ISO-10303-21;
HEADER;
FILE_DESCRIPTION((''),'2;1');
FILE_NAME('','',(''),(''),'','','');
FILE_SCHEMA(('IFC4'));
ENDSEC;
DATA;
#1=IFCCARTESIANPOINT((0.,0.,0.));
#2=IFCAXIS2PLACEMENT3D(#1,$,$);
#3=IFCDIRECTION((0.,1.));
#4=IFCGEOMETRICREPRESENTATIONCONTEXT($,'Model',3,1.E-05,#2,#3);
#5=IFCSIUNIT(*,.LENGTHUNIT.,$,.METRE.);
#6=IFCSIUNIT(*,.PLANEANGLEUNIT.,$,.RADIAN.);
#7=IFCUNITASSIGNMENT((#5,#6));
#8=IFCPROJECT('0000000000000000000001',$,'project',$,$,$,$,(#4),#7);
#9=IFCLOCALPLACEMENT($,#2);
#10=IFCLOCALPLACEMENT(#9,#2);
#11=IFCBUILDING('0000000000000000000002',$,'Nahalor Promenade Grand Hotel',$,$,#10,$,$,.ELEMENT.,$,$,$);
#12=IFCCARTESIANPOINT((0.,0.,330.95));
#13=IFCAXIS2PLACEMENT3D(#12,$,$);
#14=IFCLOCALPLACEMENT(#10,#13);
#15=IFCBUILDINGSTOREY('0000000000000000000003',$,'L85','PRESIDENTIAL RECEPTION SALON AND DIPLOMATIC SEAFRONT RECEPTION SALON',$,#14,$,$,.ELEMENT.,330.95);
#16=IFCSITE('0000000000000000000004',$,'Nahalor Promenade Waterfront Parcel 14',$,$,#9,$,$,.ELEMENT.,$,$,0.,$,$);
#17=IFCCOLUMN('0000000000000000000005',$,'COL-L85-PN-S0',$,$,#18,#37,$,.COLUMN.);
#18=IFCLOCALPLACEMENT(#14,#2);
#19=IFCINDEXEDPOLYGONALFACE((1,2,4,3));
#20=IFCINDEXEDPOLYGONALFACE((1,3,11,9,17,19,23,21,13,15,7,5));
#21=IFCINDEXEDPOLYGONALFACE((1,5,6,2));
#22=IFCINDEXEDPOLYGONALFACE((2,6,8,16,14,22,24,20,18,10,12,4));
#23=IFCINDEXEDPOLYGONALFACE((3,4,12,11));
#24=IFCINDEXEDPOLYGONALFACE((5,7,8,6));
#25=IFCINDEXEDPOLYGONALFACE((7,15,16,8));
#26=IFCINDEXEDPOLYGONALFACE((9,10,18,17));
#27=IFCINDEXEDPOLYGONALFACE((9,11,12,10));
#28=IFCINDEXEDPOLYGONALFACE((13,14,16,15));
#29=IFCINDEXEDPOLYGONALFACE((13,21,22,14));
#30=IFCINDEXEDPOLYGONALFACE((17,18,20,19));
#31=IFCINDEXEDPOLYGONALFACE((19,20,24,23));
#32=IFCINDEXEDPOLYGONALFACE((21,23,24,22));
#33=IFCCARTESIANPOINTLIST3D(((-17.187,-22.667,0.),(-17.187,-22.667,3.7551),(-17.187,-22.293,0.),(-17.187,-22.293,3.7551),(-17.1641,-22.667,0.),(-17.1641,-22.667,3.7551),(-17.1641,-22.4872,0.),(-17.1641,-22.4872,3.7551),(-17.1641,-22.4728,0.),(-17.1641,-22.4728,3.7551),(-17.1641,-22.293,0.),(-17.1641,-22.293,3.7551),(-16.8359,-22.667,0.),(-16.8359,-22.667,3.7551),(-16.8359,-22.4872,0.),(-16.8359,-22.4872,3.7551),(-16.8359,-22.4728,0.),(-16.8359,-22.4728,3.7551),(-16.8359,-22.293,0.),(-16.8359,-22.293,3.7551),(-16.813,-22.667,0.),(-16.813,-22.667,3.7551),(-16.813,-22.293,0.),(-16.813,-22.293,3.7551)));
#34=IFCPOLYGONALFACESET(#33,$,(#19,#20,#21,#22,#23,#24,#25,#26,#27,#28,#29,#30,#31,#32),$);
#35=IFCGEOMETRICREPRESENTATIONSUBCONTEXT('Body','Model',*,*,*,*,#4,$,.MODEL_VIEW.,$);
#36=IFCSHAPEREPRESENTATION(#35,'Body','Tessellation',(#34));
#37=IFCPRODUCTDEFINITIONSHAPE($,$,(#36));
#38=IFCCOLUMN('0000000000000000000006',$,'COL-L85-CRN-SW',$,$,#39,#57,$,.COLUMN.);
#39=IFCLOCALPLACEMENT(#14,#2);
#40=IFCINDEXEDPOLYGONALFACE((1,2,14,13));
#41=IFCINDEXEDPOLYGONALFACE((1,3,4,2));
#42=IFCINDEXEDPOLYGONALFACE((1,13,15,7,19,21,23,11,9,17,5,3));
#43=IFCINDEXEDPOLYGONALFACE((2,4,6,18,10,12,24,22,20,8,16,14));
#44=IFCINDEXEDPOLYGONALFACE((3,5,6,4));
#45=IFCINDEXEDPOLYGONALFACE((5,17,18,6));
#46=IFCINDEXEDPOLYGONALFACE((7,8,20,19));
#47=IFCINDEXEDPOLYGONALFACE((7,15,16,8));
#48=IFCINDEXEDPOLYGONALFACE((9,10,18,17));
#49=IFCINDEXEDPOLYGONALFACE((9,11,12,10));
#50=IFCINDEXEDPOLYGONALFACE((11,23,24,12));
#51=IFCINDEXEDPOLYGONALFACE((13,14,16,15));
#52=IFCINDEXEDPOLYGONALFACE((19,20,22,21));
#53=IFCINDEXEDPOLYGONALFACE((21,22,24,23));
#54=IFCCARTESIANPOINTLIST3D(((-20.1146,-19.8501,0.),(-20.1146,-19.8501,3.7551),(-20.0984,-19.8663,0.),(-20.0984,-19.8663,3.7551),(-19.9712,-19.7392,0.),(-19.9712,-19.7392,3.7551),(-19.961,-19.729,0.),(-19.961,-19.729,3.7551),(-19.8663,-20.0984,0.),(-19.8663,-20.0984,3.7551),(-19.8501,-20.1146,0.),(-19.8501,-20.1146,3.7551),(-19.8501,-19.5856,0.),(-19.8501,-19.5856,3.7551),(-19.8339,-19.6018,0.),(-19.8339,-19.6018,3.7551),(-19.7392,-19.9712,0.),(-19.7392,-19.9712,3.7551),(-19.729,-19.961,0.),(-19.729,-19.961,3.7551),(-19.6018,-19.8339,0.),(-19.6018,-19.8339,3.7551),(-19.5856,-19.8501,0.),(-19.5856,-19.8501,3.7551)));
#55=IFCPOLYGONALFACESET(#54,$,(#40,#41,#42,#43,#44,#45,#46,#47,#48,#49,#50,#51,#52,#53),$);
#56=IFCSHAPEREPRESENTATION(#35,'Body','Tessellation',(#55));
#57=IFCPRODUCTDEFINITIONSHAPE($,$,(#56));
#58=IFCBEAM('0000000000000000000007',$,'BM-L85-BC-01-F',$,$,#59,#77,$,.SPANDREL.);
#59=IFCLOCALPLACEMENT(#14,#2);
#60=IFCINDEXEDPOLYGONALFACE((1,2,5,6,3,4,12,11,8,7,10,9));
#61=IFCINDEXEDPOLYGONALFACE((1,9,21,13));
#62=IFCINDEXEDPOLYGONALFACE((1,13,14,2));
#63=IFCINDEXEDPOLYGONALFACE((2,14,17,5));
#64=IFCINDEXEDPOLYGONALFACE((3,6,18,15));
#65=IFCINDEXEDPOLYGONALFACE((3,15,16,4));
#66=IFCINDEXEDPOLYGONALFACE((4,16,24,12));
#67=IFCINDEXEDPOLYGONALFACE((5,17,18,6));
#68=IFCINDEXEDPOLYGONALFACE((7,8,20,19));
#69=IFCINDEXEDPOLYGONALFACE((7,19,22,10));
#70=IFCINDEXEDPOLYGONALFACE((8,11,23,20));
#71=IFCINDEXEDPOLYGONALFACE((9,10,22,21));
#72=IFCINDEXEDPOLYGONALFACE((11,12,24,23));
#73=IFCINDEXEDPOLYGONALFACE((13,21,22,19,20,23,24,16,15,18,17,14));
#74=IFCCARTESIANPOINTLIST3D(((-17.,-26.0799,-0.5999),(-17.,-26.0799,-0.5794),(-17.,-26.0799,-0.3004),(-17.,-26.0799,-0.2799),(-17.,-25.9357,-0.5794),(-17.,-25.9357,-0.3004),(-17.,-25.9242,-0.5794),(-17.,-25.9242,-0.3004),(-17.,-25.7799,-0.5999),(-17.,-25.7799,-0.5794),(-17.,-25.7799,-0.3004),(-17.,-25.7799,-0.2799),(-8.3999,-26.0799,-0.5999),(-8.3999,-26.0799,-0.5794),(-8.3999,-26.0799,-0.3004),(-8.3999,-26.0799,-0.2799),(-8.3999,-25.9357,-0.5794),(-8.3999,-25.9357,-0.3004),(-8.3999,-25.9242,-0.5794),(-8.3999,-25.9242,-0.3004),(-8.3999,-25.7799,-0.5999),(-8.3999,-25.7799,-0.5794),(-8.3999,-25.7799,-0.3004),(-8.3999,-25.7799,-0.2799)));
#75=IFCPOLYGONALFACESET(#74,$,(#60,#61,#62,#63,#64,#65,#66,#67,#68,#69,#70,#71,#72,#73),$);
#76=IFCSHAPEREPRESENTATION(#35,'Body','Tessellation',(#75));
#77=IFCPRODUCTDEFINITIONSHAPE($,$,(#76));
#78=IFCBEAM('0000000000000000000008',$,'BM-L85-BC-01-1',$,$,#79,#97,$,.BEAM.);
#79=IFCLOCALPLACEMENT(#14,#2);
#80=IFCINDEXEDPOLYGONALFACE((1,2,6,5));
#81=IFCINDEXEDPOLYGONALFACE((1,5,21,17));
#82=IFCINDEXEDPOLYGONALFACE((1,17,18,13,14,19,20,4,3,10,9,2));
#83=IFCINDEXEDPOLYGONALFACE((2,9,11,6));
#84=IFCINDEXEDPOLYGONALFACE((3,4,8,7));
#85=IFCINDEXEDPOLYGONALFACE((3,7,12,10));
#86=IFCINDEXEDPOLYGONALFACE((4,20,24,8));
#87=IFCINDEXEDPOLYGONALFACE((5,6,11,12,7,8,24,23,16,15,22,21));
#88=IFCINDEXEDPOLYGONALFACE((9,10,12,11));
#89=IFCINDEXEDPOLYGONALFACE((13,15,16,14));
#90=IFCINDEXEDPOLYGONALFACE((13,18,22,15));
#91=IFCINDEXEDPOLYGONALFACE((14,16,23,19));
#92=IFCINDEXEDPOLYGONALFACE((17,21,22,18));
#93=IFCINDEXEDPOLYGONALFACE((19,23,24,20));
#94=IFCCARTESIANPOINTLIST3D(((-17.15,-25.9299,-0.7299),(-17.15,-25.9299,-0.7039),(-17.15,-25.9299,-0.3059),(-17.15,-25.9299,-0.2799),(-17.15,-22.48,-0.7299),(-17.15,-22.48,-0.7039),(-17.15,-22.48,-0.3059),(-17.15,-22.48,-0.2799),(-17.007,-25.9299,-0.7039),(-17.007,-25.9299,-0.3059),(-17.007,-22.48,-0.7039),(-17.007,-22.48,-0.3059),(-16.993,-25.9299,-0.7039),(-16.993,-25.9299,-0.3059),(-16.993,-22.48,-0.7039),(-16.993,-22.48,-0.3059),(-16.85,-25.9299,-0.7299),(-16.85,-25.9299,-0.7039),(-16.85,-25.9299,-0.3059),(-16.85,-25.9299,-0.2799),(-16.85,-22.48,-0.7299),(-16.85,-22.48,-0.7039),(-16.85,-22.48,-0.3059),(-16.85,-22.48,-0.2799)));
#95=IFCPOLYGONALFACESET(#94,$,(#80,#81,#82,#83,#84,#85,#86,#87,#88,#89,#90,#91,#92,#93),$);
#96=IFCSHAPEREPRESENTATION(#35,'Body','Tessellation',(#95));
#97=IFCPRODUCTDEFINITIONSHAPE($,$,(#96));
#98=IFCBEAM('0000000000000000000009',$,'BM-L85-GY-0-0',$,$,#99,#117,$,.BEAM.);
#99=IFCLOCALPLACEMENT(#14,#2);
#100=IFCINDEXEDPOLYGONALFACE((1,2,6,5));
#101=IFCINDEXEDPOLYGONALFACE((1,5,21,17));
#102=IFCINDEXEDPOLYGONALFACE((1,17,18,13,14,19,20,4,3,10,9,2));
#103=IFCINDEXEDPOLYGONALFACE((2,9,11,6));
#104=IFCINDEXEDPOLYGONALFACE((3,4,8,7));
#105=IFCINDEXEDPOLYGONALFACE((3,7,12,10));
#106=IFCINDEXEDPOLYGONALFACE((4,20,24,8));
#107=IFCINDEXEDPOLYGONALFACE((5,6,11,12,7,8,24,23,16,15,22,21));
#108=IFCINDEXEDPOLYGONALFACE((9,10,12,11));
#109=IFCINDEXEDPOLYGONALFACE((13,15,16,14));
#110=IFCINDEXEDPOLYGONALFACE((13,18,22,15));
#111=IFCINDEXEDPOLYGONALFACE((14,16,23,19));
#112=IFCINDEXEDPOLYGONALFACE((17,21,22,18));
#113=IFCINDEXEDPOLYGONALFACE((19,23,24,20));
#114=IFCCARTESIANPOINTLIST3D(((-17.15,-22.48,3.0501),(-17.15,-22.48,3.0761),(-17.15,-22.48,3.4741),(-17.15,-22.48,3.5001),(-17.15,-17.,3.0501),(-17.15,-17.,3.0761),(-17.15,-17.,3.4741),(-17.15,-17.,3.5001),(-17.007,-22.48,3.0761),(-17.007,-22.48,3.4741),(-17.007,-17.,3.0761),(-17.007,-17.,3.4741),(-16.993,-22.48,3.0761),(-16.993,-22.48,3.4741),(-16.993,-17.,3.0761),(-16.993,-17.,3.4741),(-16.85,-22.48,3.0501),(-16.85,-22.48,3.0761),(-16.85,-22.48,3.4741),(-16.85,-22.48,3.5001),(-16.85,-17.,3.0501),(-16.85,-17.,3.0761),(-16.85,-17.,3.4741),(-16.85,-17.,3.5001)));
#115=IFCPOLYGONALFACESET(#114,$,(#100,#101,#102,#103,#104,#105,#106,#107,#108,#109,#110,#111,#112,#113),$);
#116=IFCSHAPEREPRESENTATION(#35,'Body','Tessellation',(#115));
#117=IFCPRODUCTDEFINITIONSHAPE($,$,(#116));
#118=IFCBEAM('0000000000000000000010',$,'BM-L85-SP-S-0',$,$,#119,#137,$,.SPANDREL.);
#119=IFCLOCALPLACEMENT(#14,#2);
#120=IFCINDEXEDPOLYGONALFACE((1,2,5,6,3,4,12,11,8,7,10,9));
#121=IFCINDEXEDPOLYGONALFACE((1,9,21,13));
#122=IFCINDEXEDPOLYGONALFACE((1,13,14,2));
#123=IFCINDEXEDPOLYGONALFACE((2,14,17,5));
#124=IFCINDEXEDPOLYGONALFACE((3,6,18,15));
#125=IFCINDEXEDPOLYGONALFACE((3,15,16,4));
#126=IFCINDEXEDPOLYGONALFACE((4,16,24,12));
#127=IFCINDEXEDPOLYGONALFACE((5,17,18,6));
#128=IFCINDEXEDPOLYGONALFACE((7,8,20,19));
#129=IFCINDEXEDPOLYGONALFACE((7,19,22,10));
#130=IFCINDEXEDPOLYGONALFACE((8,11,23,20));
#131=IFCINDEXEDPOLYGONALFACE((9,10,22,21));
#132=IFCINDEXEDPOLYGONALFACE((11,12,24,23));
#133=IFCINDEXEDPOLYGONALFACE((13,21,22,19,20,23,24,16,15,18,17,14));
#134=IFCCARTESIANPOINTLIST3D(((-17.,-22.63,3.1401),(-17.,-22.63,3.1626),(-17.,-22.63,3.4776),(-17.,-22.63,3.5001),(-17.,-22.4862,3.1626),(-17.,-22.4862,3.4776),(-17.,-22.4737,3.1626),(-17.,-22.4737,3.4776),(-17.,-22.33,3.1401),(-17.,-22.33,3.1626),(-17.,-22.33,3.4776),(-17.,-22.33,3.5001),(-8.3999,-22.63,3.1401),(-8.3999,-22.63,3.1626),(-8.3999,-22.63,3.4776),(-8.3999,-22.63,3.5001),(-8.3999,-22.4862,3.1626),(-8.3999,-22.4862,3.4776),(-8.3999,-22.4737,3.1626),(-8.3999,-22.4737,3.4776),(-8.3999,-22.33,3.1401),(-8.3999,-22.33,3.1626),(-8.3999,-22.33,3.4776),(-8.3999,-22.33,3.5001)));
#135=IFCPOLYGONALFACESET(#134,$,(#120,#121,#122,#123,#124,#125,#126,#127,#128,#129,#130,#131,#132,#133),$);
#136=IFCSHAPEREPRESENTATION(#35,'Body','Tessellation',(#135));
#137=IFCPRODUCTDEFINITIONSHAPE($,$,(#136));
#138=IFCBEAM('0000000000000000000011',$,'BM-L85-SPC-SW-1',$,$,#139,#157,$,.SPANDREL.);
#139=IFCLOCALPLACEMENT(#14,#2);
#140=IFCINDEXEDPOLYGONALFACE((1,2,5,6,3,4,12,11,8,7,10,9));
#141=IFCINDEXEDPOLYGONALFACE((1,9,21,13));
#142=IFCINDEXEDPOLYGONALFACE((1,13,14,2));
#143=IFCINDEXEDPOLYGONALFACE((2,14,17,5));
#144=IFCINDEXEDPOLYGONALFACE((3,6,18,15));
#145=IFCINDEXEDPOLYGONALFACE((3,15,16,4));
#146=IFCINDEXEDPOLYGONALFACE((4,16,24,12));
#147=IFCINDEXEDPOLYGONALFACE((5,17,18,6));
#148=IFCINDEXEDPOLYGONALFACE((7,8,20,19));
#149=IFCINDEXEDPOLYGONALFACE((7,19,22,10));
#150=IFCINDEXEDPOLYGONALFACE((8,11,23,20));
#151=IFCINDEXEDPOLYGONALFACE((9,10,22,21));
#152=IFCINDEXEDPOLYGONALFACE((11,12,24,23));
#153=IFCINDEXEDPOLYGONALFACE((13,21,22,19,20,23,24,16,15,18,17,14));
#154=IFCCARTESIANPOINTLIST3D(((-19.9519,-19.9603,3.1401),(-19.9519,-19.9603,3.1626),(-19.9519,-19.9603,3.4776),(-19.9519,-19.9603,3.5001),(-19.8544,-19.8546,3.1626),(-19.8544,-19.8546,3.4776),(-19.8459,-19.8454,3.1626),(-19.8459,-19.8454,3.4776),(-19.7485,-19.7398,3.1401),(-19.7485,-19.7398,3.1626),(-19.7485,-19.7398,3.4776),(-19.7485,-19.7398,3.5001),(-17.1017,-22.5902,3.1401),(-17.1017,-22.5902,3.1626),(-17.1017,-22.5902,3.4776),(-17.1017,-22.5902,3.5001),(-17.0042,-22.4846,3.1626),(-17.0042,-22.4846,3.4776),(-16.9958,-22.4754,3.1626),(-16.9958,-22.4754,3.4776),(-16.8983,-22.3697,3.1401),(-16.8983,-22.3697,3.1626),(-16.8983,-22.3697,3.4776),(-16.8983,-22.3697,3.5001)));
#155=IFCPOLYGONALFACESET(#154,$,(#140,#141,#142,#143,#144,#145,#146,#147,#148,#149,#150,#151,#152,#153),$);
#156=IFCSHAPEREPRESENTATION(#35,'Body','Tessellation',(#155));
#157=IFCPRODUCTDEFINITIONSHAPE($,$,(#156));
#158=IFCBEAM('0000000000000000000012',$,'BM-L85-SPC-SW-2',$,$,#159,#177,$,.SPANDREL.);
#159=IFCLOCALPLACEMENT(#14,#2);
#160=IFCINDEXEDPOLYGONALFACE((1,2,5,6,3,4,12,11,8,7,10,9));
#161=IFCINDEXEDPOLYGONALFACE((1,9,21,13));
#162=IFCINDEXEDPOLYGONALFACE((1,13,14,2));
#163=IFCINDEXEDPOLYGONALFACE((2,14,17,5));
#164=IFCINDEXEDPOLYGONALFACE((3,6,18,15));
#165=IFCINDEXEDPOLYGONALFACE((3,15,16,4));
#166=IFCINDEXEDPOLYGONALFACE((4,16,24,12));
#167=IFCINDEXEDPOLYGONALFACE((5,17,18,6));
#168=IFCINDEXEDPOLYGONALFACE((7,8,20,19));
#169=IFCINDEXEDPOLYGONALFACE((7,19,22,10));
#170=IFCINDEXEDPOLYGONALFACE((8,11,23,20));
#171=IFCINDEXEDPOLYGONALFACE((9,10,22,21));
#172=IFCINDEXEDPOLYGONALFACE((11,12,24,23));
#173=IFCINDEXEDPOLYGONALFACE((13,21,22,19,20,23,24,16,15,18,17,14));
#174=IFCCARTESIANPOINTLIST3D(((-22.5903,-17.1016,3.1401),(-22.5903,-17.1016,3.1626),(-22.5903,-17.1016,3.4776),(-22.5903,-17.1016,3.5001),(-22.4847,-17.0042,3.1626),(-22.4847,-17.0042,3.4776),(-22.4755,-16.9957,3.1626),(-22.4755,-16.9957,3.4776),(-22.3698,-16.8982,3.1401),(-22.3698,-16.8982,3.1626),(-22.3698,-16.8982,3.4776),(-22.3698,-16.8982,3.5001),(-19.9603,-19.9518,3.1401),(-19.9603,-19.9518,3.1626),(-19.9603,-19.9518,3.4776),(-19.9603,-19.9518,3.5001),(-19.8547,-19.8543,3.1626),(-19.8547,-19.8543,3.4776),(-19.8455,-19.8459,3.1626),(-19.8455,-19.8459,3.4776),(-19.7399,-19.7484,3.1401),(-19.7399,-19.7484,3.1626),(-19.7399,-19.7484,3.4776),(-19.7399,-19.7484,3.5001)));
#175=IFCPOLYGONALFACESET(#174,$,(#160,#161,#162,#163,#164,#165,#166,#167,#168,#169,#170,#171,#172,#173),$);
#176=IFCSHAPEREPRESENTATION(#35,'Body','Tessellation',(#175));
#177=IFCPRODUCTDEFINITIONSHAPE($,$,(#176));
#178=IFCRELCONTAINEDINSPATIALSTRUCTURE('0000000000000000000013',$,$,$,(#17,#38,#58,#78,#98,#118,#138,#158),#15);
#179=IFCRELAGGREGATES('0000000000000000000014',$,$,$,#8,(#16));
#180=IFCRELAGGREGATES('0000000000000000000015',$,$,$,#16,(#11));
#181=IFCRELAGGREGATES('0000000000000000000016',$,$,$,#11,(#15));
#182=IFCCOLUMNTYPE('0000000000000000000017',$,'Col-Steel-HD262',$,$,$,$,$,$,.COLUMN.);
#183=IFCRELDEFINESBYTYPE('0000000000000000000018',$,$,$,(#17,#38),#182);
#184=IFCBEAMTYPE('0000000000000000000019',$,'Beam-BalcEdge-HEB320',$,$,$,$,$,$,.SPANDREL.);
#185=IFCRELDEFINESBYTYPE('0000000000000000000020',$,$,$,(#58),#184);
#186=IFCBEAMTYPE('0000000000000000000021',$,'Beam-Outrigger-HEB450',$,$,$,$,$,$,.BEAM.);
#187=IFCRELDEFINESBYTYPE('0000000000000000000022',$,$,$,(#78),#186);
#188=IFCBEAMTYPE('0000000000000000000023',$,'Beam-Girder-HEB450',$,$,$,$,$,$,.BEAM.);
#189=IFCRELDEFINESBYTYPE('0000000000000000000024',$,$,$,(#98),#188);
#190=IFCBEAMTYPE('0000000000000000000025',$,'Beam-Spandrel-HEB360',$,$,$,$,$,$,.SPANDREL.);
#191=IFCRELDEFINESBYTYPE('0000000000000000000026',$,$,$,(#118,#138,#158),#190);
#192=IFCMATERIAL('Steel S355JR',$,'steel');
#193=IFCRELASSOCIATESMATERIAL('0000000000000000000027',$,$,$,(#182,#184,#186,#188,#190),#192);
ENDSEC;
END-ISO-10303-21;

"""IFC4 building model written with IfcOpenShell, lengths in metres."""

from ifc_helpers import new_model, si_unit, direction, frame, origin, origin_2d, place, context, subcontext, project, spatial, i_section, extrude, source, transform, mapped, material, material_profile, profile_set, type_object, element, save


model = new_model("IFC4")

# Units and contexts
model_context = context("Model", 3, precision=1e-05, world=origin(), true_north=direction((0.0, 1.0)))
body_context = subcontext(model_context, "Body", "Model", "MODEL_VIEW")
ifc_project = project(units=[si_unit("LENGTHUNIT", "METRE"), si_unit("PLANEANGLEUNIT", "RADIAN")], contexts=[model_context])

# Site, building, storey
site_placement = place(None, origin())
site = spatial("IfcSite", under=ifc_project, at=site_placement, Name="Nahalor Promenade Waterfront Parcel 14", CompositionType="ELEMENT", RefElevation=0.0)
building_placement = place(site_placement, origin())
building = spatial("IfcBuilding", under=site, at=building_placement, Name="Nahalor Promenade Grand Hotel", CompositionType="ELEMENT")
storey_placement = place(building_placement, frame((0.0, 0.0, 330.95)))
storey = spatial("IfcBuildingStorey", under=building, at=storey_placement, Name="L85", Description="PRESIDENTIAL RECEPTION SALON AND DIPLOMATIC SEAFRONT RECEPTION SALON", CompositionType="ELEMENT", Elevation=330.95)

# Columns
ifc_material_1 = material(Name="Steel S355JR", Category="steel")
ifc_material_profile_1 = material_profile(ifc_material_1, i_section(OverallWidth=0.374, OverallDepth=0.374, WebThickness=0.0144, FlangeThickness=0.0229, at=origin_2d()), Name="HD 360x262")
ifc_profile_set_1 = profile_set([ifc_material_profile_1], Name="Steel S355JR")
column_type = type_object("IfcColumnType", Name="Col-Steel-HD262", PredefinedType="COLUMN", material=ifc_profile_set_1)
shared_shape_1 = source(origin(), body_context, "Body", "SweptSolid", [
    extrude(i_section(OverallWidth=0.374, OverallDepth=0.374, WebThickness=0.0144, FlangeThickness=0.0229, at=origin_2d()), origin(), (0.0, 0.0, 1.0), 3.7551),
])
for number, where, z_axis, x_axis, name in (
    (1, (-17.0, -22.48, 0.0), (0.0, 0.0, 1.0), (0.0, 1.0, 0.0), "COL-L85-PN-S0"),
    (2, (-19.8501, -19.8501, 0.0), (0.0, 0.0, 1.0), (0.707107, 0.707107, 0.0), "COL-L85-CRN-SW"),
):
    element("IfcColumn", number, at=place(storey_placement, frame(where, z_axis=z_axis, x_axis=x_axis)), inside=storey, type_object=column_type, Name=name, PredefinedType="COLUMN", context=body_context, shape_type="MappedRepresentation", body=[
        mapped(shared_shape_1, transform((0.0, 0.0, 0.0), scale=1.0)),
    ])

# Beams
ifc_material_profile_2 = material_profile(ifc_material_1, i_section(OverallWidth=0.3, OverallDepth=0.32, WebThickness=0.0115, FlangeThickness=0.0205, at=origin_2d()), Name="HEB 320")
ifc_profile_set_2 = profile_set([ifc_material_profile_2], Name="Steel S355JR")
beam_type_1 = type_object("IfcBeamType", Name="Beam-BalcEdge-HEB320", PredefinedType="SPANDREL", material=ifc_profile_set_2)
shared_shape_2 = source(origin(), body_context, "Body", "SweptSolid", [
    extrude(i_section(OverallWidth=0.3, OverallDepth=0.32, WebThickness=0.0115, FlangeThickness=0.0205, at=origin_2d()), origin(), (0.0, 0.0, 1.0), 8.6001),
])
beam_1_placement = place(storey_placement, frame((-17.0, -25.9299, -0.4399), z_axis=(1.0, 0.0, 0.0), x_axis=(0.0, 1.0, 0.0)))
element("IfcBeam", 3, at=beam_1_placement, inside=storey, type_object=beam_type_1, Name="BM-L85-BC-01-F", PredefinedType="SPANDREL", context=body_context, shape_type="MappedRepresentation", body=[
    mapped(shared_shape_2, transform((0.0, 0.0, 0.0), scale=1.0)),
])
ifc_material_profile_3 = material_profile(ifc_material_1, i_section(OverallWidth=0.3, OverallDepth=0.45, WebThickness=0.014, FlangeThickness=0.026, at=origin_2d()), Name="HEB 450")
ifc_profile_set_3 = profile_set([ifc_material_profile_3], Name="Steel S355JR")
beam_type_2 = type_object("IfcBeamType", Name="Beam-Outrigger-HEB450", PredefinedType="BEAM", material=ifc_profile_set_3)
shared_shape_3 = source(origin(), body_context, "Body", "SweptSolid", [
    extrude(i_section(OverallWidth=0.3, OverallDepth=0.45, WebThickness=0.014, FlangeThickness=0.026, at=origin_2d()), origin(), (0.0, 0.0, 1.0), 3.45),
])
beam_2_placement = place(storey_placement, frame((-17.0, -25.9299, -0.5049), z_axis=(0.0, 1.0, 0.0), x_axis=(-1.0, 0.0, 0.0)))
element("IfcBeam", 4, at=beam_2_placement, inside=storey, type_object=beam_type_2, Name="BM-L85-BC-01-1", PredefinedType="BEAM", context=body_context, shape_type="MappedRepresentation", body=[
    mapped(shared_shape_3, transform((0.0, 0.0, 0.0), scale=1.0)),
])
ifc_material_profile_4 = material_profile(ifc_material_1, i_section(OverallWidth=0.3, OverallDepth=0.45, WebThickness=0.014, FlangeThickness=0.026, at=origin_2d()), Name="HEB 450")
ifc_profile_set_4 = profile_set([ifc_material_profile_4], Name="Steel S355JR")
beam_type_3 = type_object("IfcBeamType", Name="Beam-Girder-HEB450", PredefinedType="BEAM", material=ifc_profile_set_4)
shared_shape_4 = source(origin(), body_context, "Body", "SweptSolid", [
    extrude(i_section(OverallWidth=0.3, OverallDepth=0.45, WebThickness=0.014, FlangeThickness=0.026, at=origin_2d()), origin(), (0.0, 0.0, 1.0), 5.48),
])
beam_3_placement = place(storey_placement, frame((-17.0, -22.48, 3.2751), z_axis=(0.0, 1.0, 0.0), x_axis=(-1.0, 0.0, 0.0)))
element("IfcBeam", 5, at=beam_3_placement, inside=storey, type_object=beam_type_3, Name="BM-L85-GY-0-0", PredefinedType="BEAM", context=body_context, shape_type="MappedRepresentation", body=[
    mapped(shared_shape_4, transform((0.0, 0.0, 0.0), scale=1.0)),
])
ifc_material_profile_5 = material_profile(ifc_material_1, i_section(OverallWidth=0.3, OverallDepth=0.36, WebThickness=0.0125, FlangeThickness=0.0225, at=origin_2d()), Name="HEB 360")
ifc_profile_set_5 = profile_set([ifc_material_profile_5], Name="Steel S355JR")
beam_type_4 = type_object("IfcBeamType", Name="Beam-Spandrel-HEB360", PredefinedType="SPANDREL", material=ifc_profile_set_5)
shared_shape_5 = source(origin(), body_context, "Body", "SweptSolid", [
    extrude(i_section(OverallWidth=0.3, OverallDepth=0.36, WebThickness=0.0125, FlangeThickness=0.0225, at=origin_2d()), origin(), (0.0, 0.0, 1.0), 8.6001),
])
beam_4_placement = place(storey_placement, frame((-17.0, -22.48, 3.3201), z_axis=(1.0, 0.0, 0.0), x_axis=(0.0, 1.0, 0.0)))
element("IfcBeam", 6, at=beam_4_placement, inside=storey, type_object=beam_type_4, Name="BM-L85-SP-S-0", PredefinedType="SPANDREL", context=body_context, shape_type="MappedRepresentation", body=[
    mapped(shared_shape_5, transform((0.0, 0.0, 0.0), scale=1.0)),
])
shared_shape_6 = source(origin(), body_context, "Body", "SweptSolid", [
    extrude(i_section(OverallWidth=0.3, OverallDepth=0.36, WebThickness=0.0125, FlangeThickness=0.0225, at=origin_2d()), origin(), (0.0, 0.0, 1.0), 3.8782),
])
for number, where, z_axis, x_axis, name in (
    (7, (-17.0, -22.48, 3.3201), (-0.734929, 0.678144, 0.0), (-0.678144, -0.734929, 0.0), "BM-L85-SPC-SW-1"),
    (8, (-19.8501, -19.8501, 3.3201), (-0.678144, 0.734929, 0.0), (-0.734929, -0.678144, 0.0), "BM-L85-SPC-SW-2"),
):
    element("IfcBeam", number, at=place(storey_placement, frame(where, z_axis=z_axis, x_axis=x_axis)), inside=storey, type_object=beam_type_4, Name=name, PredefinedType="SPANDREL", context=body_context, shape_type="MappedRepresentation", body=[
        mapped(shared_shape_6, transform((0.0, 0.0, 0.0), scale=1.0)),
    ])

save(model, "model.ifc")
